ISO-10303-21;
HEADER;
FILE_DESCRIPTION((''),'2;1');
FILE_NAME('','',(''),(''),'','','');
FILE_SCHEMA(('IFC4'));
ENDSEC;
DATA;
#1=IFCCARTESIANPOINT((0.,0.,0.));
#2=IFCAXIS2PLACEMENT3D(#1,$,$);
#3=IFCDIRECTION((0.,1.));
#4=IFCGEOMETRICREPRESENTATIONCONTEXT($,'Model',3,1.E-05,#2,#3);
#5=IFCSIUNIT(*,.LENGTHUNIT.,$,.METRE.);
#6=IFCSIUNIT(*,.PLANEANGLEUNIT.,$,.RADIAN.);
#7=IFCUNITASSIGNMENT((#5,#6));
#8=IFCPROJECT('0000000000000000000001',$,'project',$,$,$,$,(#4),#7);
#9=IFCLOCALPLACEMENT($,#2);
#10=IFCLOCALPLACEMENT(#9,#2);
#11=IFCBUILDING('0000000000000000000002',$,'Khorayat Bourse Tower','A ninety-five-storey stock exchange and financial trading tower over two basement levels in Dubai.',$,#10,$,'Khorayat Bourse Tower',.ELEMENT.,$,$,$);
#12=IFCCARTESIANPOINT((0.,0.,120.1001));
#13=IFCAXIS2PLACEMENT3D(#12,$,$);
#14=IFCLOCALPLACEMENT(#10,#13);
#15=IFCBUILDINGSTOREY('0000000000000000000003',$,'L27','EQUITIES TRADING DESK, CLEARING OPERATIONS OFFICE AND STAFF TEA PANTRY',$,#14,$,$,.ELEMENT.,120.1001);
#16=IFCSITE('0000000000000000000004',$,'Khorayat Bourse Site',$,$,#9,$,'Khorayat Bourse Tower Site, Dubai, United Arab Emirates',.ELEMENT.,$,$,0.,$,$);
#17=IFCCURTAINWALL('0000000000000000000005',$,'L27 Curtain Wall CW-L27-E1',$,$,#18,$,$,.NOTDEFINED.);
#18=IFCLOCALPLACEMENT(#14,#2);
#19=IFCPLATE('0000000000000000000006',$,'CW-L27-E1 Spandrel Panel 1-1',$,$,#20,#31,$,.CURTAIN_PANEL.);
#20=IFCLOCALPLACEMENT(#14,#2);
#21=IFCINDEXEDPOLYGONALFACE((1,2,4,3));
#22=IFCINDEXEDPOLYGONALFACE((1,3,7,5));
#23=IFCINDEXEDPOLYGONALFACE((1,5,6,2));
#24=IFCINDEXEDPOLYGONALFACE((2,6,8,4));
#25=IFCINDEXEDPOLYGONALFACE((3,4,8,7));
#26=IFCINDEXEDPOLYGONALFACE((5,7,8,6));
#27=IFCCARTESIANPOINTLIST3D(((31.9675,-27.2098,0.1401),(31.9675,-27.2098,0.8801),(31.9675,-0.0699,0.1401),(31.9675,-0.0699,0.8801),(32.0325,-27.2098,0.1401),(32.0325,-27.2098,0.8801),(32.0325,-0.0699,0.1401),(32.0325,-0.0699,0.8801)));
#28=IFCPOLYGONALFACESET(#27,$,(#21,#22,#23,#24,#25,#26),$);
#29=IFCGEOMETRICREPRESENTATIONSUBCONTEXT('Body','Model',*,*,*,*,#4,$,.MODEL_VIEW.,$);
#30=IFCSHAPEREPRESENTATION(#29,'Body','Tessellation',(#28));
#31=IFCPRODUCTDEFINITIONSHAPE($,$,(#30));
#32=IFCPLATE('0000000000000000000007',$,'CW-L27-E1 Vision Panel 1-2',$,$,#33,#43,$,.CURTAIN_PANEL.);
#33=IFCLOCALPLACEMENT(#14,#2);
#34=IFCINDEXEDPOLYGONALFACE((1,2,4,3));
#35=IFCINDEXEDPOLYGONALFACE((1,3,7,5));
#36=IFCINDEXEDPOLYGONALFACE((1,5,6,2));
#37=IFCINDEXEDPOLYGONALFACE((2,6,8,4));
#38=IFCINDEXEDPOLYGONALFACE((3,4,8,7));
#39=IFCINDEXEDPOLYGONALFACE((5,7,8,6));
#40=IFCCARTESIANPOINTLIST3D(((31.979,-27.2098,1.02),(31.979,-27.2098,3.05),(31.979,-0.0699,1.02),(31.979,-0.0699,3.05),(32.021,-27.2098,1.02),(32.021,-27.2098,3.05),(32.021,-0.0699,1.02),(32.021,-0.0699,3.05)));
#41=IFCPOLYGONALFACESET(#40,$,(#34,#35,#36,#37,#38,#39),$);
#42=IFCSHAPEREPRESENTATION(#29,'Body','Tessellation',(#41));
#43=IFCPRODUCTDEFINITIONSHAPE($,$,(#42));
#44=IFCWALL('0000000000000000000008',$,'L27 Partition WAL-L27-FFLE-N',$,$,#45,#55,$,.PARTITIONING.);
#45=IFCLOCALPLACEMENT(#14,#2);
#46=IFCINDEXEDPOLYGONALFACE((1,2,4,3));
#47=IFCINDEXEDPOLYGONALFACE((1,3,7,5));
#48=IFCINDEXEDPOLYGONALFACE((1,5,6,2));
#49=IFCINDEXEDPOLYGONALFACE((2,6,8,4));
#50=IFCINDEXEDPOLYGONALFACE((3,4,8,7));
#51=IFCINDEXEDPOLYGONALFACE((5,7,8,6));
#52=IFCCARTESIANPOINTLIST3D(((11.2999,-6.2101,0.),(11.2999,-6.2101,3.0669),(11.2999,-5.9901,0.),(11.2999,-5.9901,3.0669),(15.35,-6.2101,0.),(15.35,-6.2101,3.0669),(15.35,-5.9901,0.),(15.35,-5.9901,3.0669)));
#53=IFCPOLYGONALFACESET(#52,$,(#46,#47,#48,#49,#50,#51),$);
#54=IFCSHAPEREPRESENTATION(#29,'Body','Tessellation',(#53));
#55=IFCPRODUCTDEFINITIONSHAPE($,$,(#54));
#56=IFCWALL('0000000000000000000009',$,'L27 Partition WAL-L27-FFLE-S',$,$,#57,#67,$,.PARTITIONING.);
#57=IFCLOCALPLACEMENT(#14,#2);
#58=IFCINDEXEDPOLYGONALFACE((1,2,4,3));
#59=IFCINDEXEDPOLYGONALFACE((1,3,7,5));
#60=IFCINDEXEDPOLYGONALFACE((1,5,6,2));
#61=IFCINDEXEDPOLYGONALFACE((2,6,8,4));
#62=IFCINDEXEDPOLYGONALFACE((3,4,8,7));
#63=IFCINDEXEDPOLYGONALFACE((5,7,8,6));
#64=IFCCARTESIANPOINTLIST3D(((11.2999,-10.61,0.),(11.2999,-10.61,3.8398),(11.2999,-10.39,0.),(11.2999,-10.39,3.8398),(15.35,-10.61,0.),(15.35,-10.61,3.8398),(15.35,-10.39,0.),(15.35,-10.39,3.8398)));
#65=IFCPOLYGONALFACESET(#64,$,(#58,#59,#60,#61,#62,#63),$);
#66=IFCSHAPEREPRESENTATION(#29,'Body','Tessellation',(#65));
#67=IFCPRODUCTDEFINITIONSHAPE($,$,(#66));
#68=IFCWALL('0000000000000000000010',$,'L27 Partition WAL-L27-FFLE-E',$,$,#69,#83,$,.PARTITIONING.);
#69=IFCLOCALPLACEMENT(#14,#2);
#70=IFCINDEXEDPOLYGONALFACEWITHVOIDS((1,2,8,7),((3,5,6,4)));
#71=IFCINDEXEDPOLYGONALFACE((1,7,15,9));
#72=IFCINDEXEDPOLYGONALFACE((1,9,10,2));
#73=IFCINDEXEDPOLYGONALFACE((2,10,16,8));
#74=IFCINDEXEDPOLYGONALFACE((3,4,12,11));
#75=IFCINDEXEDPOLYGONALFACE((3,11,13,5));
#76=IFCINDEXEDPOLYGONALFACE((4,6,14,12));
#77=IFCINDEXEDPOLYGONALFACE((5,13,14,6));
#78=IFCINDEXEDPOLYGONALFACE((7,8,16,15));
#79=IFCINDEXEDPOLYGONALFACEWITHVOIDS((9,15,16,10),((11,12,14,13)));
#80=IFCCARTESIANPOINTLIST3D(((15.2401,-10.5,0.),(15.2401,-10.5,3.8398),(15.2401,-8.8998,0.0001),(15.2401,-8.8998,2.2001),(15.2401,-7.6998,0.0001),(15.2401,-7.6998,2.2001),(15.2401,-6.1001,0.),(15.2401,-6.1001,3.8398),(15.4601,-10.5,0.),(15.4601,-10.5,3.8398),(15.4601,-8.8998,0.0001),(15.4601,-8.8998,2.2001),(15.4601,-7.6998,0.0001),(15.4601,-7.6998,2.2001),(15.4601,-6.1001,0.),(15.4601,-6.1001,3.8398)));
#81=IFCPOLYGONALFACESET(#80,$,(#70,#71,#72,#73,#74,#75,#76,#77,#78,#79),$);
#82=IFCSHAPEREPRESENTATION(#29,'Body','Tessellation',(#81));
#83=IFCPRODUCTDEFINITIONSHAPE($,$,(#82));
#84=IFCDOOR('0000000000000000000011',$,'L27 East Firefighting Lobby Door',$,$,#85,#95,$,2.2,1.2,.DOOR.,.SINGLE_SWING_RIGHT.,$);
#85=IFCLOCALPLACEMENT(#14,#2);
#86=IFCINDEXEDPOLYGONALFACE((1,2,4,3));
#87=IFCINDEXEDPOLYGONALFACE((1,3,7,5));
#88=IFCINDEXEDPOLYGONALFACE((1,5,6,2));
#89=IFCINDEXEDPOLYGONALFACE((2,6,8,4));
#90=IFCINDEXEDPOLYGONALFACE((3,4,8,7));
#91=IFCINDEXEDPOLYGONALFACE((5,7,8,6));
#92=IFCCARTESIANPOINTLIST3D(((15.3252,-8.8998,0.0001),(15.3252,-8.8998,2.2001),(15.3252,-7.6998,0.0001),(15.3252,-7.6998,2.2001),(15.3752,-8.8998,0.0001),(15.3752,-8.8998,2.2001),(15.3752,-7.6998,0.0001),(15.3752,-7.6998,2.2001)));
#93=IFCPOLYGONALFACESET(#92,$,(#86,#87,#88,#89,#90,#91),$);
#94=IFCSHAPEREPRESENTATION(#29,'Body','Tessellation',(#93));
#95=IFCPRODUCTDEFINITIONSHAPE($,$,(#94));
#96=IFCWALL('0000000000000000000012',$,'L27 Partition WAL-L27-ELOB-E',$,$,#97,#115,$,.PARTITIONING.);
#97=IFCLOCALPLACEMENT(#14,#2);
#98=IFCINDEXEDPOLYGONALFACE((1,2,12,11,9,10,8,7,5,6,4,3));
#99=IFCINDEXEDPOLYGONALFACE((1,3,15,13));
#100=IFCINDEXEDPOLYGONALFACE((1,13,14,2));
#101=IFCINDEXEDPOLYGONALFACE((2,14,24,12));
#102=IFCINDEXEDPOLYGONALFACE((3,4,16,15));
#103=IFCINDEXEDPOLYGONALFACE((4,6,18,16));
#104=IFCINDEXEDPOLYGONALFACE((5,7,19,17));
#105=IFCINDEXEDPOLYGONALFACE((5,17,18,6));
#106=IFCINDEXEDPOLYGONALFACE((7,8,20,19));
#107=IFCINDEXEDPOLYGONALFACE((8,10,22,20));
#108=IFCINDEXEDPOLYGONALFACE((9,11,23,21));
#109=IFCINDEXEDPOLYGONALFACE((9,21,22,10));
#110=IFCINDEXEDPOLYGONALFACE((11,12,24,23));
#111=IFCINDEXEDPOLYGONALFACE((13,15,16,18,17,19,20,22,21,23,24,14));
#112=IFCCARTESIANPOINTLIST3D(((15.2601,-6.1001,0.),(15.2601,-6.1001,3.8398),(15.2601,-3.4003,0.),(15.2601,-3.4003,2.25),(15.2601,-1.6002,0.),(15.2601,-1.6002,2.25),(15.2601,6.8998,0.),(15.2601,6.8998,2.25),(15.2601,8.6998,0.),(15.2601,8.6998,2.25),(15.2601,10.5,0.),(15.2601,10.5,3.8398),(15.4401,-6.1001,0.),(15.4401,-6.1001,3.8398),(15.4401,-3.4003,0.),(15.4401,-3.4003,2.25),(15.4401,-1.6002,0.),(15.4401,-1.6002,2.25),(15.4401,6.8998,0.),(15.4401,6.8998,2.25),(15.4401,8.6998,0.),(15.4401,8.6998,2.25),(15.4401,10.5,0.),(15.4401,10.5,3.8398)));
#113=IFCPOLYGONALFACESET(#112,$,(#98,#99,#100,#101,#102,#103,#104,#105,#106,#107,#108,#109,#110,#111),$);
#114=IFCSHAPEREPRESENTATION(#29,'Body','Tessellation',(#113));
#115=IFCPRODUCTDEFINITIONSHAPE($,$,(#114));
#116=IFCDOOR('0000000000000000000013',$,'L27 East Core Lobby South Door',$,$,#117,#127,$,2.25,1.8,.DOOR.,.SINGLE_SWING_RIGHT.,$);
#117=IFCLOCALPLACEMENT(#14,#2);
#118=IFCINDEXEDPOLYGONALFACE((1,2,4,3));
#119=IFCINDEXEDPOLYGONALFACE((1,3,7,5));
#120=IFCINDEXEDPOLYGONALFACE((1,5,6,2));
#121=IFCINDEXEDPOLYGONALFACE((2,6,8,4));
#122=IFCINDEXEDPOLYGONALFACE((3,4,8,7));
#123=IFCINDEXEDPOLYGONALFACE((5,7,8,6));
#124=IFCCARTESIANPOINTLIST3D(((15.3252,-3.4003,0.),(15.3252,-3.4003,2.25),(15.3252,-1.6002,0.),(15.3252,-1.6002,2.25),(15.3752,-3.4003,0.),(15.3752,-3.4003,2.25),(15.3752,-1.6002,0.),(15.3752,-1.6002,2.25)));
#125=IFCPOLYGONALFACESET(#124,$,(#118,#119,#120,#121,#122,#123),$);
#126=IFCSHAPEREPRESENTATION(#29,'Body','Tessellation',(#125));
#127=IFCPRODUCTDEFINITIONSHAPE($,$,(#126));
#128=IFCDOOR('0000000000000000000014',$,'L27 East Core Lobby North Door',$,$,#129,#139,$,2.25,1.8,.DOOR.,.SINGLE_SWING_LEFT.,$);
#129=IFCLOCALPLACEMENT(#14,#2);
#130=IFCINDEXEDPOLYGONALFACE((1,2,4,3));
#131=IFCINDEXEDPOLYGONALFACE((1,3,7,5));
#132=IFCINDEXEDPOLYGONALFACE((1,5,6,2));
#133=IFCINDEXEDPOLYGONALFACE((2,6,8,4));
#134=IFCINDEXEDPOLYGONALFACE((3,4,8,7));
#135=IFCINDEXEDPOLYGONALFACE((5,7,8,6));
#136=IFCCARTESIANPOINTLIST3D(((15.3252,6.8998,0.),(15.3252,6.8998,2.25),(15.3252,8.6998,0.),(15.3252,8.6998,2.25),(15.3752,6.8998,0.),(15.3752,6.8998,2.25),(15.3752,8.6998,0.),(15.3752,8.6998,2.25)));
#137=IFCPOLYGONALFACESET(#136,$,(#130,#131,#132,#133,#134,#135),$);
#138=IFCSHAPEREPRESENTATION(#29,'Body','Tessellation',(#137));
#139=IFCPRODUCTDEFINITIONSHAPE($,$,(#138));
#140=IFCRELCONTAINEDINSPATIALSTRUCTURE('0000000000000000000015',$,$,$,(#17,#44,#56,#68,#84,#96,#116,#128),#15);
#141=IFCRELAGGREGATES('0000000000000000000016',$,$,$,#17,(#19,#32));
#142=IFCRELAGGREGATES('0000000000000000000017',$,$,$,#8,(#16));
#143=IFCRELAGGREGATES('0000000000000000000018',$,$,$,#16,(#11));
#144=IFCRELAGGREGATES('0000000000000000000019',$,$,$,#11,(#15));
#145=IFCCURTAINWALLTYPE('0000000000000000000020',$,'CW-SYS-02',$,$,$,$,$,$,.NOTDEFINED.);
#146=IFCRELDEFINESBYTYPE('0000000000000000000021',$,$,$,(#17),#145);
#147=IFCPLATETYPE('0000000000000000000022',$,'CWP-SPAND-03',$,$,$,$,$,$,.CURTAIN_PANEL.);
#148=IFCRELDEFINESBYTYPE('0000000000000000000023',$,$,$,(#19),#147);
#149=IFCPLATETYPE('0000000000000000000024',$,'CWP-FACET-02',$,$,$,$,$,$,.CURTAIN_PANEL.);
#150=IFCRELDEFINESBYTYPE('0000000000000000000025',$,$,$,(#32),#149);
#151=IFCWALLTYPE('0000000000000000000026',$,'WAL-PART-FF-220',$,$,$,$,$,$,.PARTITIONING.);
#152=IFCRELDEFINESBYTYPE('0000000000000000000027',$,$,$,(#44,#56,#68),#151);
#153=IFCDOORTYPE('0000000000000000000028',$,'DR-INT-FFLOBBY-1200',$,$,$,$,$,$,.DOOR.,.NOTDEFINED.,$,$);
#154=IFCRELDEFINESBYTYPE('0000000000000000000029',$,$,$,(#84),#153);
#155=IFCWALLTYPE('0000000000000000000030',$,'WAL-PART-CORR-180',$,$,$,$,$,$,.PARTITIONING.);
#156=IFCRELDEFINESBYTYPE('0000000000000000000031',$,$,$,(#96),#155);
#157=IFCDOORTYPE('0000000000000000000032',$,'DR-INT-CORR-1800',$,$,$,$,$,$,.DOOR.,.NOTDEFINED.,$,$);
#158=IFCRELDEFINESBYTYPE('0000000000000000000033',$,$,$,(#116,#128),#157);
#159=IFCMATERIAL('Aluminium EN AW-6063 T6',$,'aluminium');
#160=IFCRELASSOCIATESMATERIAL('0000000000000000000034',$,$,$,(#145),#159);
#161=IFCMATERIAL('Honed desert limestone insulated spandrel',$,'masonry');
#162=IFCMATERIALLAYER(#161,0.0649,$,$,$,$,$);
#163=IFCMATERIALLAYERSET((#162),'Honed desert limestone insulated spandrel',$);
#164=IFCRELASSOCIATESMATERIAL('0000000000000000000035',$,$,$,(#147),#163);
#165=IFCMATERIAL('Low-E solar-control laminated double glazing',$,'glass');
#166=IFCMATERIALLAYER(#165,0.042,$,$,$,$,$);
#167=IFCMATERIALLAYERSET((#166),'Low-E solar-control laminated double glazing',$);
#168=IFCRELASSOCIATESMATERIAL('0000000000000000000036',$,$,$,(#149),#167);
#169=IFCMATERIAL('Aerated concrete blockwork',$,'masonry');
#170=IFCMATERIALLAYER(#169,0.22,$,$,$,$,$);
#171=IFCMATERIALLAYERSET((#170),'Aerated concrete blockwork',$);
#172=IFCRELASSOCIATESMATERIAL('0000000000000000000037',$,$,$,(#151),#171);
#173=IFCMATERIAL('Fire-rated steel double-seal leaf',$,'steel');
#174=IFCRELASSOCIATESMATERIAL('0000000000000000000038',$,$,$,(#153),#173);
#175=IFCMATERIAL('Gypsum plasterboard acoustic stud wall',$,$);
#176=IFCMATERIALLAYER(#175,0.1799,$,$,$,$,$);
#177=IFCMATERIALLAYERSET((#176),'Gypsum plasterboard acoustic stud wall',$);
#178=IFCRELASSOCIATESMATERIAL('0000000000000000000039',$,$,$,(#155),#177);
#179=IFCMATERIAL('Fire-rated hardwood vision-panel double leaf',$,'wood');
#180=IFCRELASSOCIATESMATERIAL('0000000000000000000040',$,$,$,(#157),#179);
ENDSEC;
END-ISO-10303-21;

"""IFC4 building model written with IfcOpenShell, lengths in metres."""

from ifc_helpers import new_model, si_unit, direction, frame, frame_2d, origin, origin_2d, place, context, subcontext, project, spatial, rectangle, extrude, source, transform, mapped, material, layer, layer_set, type_object, element, fill, aggregate, save


model = new_model("IFC4")

# Units and contexts
model_context = context("Model", 3, precision=1e-05, world=origin(), true_north=direction((0.0, 1.0)))
body_context = subcontext(model_context, "Body", "Model", "MODEL_VIEW")
ifc_project = project(units=[si_unit("LENGTHUNIT", "METRE"), si_unit("PLANEANGLEUNIT", "RADIAN")], contexts=[model_context])

# Site, building, storey
site_placement = place(None, origin())
site = spatial("IfcSite", under=ifc_project, at=site_placement, Name="Khorayat Bourse Site", LongName="Khorayat Bourse Tower Site, Dubai, United Arab Emirates", CompositionType="ELEMENT", RefElevation=0.0)
building_placement = place(site_placement, origin())
building = spatial("IfcBuilding", under=site, at=building_placement, Name="Khorayat Bourse Tower", Description="A ninety-five-storey stock exchange and financial trading tower over two basement levels in Dubai.", LongName="Khorayat Bourse Tower", CompositionType="ELEMENT")
storey_placement = place(building_placement, frame((0.0, 0.0, 120.1001)))
storey = spatial("IfcBuildingStorey", under=building, at=storey_placement, Name="L27", Description="EQUITIES TRADING DESK, CLEARING OPERATIONS OFFICE AND STAFF TEA PANTRY", CompositionType="ELEMENT", Elevation=120.1001)

# Curtain wall
ifc_material_1 = material(Name="Aluminium EN AW-6063 T6", Category="aluminium")
curtain_wall_type = type_object("IfcCurtainWallType", Name="CW-SYS-02", PredefinedType="NOTDEFINED", material=ifc_material_1)
curtain_wall_placement = place(storey_placement, origin())
curtain_wall = element("IfcCurtainWall", 1, at=curtain_wall_placement, inside=storey, type_object=curtain_wall_type, Name="L27 Curtain Wall CW-L27-E1", PredefinedType="NOTDEFINED")

# Plates
ifc_material_2 = material(Name="Honed desert limestone insulated spandrel", Category="masonry")
ifc_layer_1 = layer(ifc_material_2, 0.0649)
ifc_layer_set_1 = layer_set([ifc_layer_1], Name="Honed desert limestone insulated spandrel")
plate_type_1 = type_object("IfcPlateType", Name="CWP-SPAND-03", PredefinedType="CURTAIN_PANEL", material=ifc_layer_set_1)
shared_shape_1 = source(origin(), body_context, "Body", "SweptSolid", [
    extrude(rectangle(XDim=27.1399, YDim=0.0649, at=origin_2d()), origin(), (0.0, 0.0, 1.0), 0.74),
])
plate_1_placement = place(storey_placement, frame((32.0, -13.6399, 0.1401), z_axis=(0.0, 0.0, 1.0), x_axis=(0.0, 1.0, 0.0)))
plate_1 = element("IfcPlate", 2, at=plate_1_placement, type_object=plate_type_1, Name="CW-L27-E1 Spandrel Panel 1-1", PredefinedType="CURTAIN_PANEL", context=body_context, shape_type="MappedRepresentation", body=[
    mapped(shared_shape_1, transform((0.0, 0.0, 0.0), scale=1.0)),
])
ifc_material_3 = material(Name="Low-E solar-control laminated double glazing", Category="glass")
ifc_layer_2 = layer(ifc_material_3, 0.042)
ifc_layer_set_2 = layer_set([ifc_layer_2], Name="Low-E solar-control laminated double glazing")
plate_type_2 = type_object("IfcPlateType", Name="CWP-FACET-02", PredefinedType="CURTAIN_PANEL", material=ifc_layer_set_2)
shared_shape_2 = source(origin(), body_context, "Body", "SweptSolid", [
    extrude(rectangle(XDim=27.1399, YDim=0.042, at=origin_2d()), origin(), (0.0, 0.0, 1.0), 2.03),
])
plate_2_placement = place(storey_placement, frame((32.0, -13.6399, 1.02), z_axis=(0.0, 0.0, 1.0), x_axis=(0.0, 1.0, 0.0)))
plate_2 = element("IfcPlate", 3, at=plate_2_placement, type_object=plate_type_2, Name="CW-L27-E1 Vision Panel 1-2", PredefinedType="CURTAIN_PANEL", context=body_context, shape_type="MappedRepresentation", body=[
    mapped(shared_shape_2, transform((0.0, 0.0, 0.0), scale=1.0)),
])
aggregate(curtain_wall, [plate_1, plate_2])

# Walls
ifc_material_4 = material(Name="Aerated concrete blockwork", Category="masonry")
ifc_layer_3 = layer(ifc_material_4, 0.22)
ifc_layer_set_3 = layer_set([ifc_layer_3], Name="Aerated concrete blockwork")
wall_type_1 = type_object("IfcWallType", Name="WAL-PART-FF-220", PredefinedType="PARTITIONING", material=ifc_layer_set_3)
shared_shape_3 = source(origin(), body_context, "Body", "SweptSolid", [
    extrude(rectangle(XDim=4.05, YDim=0.22, at=frame_2d((2.0249, 0.0))), origin(), (0.0, 0.0, 1.0), 3.0669),
])
wall_1_placement = place(storey_placement, frame((11.3, -6.1001, 0.0), z_axis=(0.0, 0.0, 1.0), x_axis=(1.0, 0.0, 0.0)))
element("IfcWall", 4, at=wall_1_placement, inside=storey, type_object=wall_type_1, Name="L27 Partition WAL-L27-FFLE-N", PredefinedType="PARTITIONING", context=body_context, shape_type="MappedRepresentation", body=[
    mapped(shared_shape_3, transform((0.0, 0.0, 0.0), scale=1.0)),
])
shared_shape_4 = source(origin(), body_context, "Body", "SweptSolid", [
    extrude(rectangle(XDim=4.05, YDim=0.22, at=frame_2d((2.0249, 0.0))), origin(), (0.0, 0.0, 1.0), 3.8398),
])
wall_2_placement = place(storey_placement, frame((11.3, -10.5, 0.0), z_axis=(0.0, 0.0, 1.0), x_axis=(1.0, 0.0, 0.0)))
element("IfcWall", 5, at=wall_2_placement, inside=storey, type_object=wall_type_1, Name="L27 Partition WAL-L27-FFLE-S", PredefinedType="PARTITIONING", context=body_context, shape_type="MappedRepresentation", body=[
    mapped(shared_shape_4, transform((0.0, 0.0, 0.0), scale=1.0)),
])

# Wall, opening, door
shared_shape_5 = source(origin(), body_context, "Body", "SweptSolid", [
    extrude(rectangle(XDim=4.3999, YDim=0.22, at=frame_2d((2.2, 0.0))), origin(), (0.0, 0.0, 1.0), 3.8398),
])
wall_3_placement = place(storey_placement, frame((15.3501, -10.5, 0.0), z_axis=(0.0, 0.0, 1.0), x_axis=(0.0, 1.0, 0.0)))
wall_3 = element("IfcWall", 6, at=wall_3_placement, inside=storey, type_object=wall_type_1, Name="L27 Partition WAL-L27-FFLE-E", PredefinedType="PARTITIONING", context=body_context, shape_type="MappedRepresentation", body=[
    mapped(shared_shape_5, transform((0.0, 0.0, 0.0), scale=1.0)),
])
shared_shape_6 = source(origin(), body_context, "Body", "SweptSolid", [
    extrude(rectangle(XDim=1.2, YDim=2.2, at=frame_2d((0.6001, 1.1001))), frame((0.0, 0.1199, 0.0), z_axis=(0.0, -1.0, 0.0), x_axis=(1.0, 0.0, 0.0)), (0.0, 0.0, 1.0), 0.24),
])
opening_1_placement = place(wall_3_placement, frame((1.6001, 0.0, 0.0)))
opening_1 = element("IfcOpeningElement", 7, at=opening_1_placement, cuts=wall_3, PredefinedType="OPENING", context=body_context, shape_type="MappedRepresentation", body=[
    mapped(shared_shape_6, transform((0.0, 0.0, 0.0), scale=1.0)),
])
ifc_material_5 = material(Name="Fire-rated steel double-seal leaf", Category="steel")
door_type_1 = type_object("IfcDoorType", Name="DR-INT-FFLOBBY-1200", OperationType="NOTDEFINED", PredefinedType="DOOR", material=ifc_material_5)
shared_shape_7 = source(origin(), body_context, "Body", "SweptSolid", [
    extrude(rectangle(XDim=1.2, YDim=2.2, at=frame_2d((0.6001, 1.1001))), frame((0.0, 0.0249, 0.0), z_axis=(0.0, -1.0, 0.0), x_axis=(1.0, 0.0, 0.0)), (0.0, 0.0, 1.0), 0.05),
])
door_1_placement = place(opening_1_placement, origin())
door_1 = element("IfcDoor", 8, at=door_1_placement, inside=storey, type_object=door_type_1, Name="L27 East Firefighting Lobby Door", OperationType="SINGLE_SWING_RIGHT", OverallHeight=2.2, OverallWidth=1.2, PredefinedType="DOOR", context=body_context, shape_type="MappedRepresentation", body=[
    mapped(shared_shape_7, transform((0.0, 0.0, 0.0), scale=1.0)),
])
fill(opening_1, door_1)

# Wall, openings, doors
ifc_material_6 = material(Name="Gypsum plasterboard acoustic stud wall")
ifc_layer_4 = layer(ifc_material_6, 0.1799)
ifc_layer_set_4 = layer_set([ifc_layer_4], Name="Gypsum plasterboard acoustic stud wall")
wall_type_2 = type_object("IfcWallType", Name="WAL-PART-CORR-180", PredefinedType="PARTITIONING", material=ifc_layer_set_4)
shared_shape_8 = source(origin(), body_context, "Body", "SweptSolid", [
    extrude(rectangle(XDim=16.6001, YDim=0.1799, at=frame_2d((8.3, 0.0))), origin(), (0.0, 0.0, 1.0), 3.8398),
])
wall_4_placement = place(storey_placement, frame((15.3501, -6.1001, 0.0), z_axis=(0.0, 0.0, 1.0), x_axis=(0.0, 1.0, 0.0)))
wall_4 = element("IfcWall", 9, at=wall_4_placement, inside=storey, type_object=wall_type_2, Name="L27 Partition WAL-L27-ELOB-E", PredefinedType="PARTITIONING", context=body_context, shape_type="MappedRepresentation", body=[
    mapped(shared_shape_8, transform((0.0, 0.0, 0.0), scale=1.0)),
])
shared_shape_9 = source(origin(), body_context, "Body", "SweptSolid", [
    extrude(rectangle(XDim=1.8, YDim=2.25, at=frame_2d((0.8999, 1.125))), frame((0.0, 0.0999, 0.0), z_axis=(0.0, -1.0, 0.0), x_axis=(1.0, 0.0, 0.0)), (0.0, 0.0, 1.0), 0.2),
])
opening_2_placement = place(wall_4_placement, frame((2.7, 0.0, 0.0)))
opening_2 = element("IfcOpeningElement", 10, at=opening_2_placement, cuts=wall_4, PredefinedType="OPENING", context=body_context, shape_type="MappedRepresentation", body=[
    mapped(shared_shape_9, transform((0.0, 0.0, 0.0), scale=1.0)),
])
opening_3_placement = place(wall_4_placement, frame((13.0, 0.0, 0.0)))
opening_3 = element("IfcOpeningElement", 11, at=opening_3_placement, cuts=wall_4, PredefinedType="OPENING", context=body_context, shape_type="MappedRepresentation", body=[
    mapped(shared_shape_9, transform((0.0, 0.0, 0.0), scale=1.0)),
])
ifc_material_7 = material(Name="Fire-rated hardwood vision-panel double leaf", Category="wood")
door_type_2 = type_object("IfcDoorType", Name="DR-INT-CORR-1800", OperationType="NOTDEFINED", PredefinedType="DOOR", material=ifc_material_7)
shared_shape_10 = source(origin(), body_context, "Body", "SweptSolid", [
    extrude(rectangle(XDim=1.8, YDim=2.25, at=frame_2d((0.8999, 1.125))), frame((0.0, 0.0249, 0.0), z_axis=(0.0, -1.0, 0.0), x_axis=(1.0, 0.0, 0.0)), (0.0, 0.0, 1.0), 0.05),
])
door_2_placement = place(opening_2_placement, origin())
door_2 = element("IfcDoor", 12, at=door_2_placement, inside=storey, type_object=door_type_2, Name="L27 East Core Lobby South Door", OperationType="SINGLE_SWING_RIGHT", OverallHeight=2.25, OverallWidth=1.8, PredefinedType="DOOR", context=body_context, shape_type="MappedRepresentation", body=[
    mapped(shared_shape_10, transform((0.0, 0.0, 0.0), scale=1.0)),
])
fill(opening_2, door_2)
door_3_placement = place(opening_3_placement, origin())
door_3 = element("IfcDoor", 13, at=door_3_placement, inside=storey, type_object=door_type_2, Name="L27 East Core Lobby North Door", OperationType="SINGLE_SWING_LEFT", OverallHeight=2.25, OverallWidth=1.8, PredefinedType="DOOR", context=body_context, shape_type="MappedRepresentation", body=[
    mapped(shared_shape_10, transform((0.0, 0.0, 0.0), scale=1.0)),
])
fill(opening_3, door_3)

save(model, "model.ifc")
